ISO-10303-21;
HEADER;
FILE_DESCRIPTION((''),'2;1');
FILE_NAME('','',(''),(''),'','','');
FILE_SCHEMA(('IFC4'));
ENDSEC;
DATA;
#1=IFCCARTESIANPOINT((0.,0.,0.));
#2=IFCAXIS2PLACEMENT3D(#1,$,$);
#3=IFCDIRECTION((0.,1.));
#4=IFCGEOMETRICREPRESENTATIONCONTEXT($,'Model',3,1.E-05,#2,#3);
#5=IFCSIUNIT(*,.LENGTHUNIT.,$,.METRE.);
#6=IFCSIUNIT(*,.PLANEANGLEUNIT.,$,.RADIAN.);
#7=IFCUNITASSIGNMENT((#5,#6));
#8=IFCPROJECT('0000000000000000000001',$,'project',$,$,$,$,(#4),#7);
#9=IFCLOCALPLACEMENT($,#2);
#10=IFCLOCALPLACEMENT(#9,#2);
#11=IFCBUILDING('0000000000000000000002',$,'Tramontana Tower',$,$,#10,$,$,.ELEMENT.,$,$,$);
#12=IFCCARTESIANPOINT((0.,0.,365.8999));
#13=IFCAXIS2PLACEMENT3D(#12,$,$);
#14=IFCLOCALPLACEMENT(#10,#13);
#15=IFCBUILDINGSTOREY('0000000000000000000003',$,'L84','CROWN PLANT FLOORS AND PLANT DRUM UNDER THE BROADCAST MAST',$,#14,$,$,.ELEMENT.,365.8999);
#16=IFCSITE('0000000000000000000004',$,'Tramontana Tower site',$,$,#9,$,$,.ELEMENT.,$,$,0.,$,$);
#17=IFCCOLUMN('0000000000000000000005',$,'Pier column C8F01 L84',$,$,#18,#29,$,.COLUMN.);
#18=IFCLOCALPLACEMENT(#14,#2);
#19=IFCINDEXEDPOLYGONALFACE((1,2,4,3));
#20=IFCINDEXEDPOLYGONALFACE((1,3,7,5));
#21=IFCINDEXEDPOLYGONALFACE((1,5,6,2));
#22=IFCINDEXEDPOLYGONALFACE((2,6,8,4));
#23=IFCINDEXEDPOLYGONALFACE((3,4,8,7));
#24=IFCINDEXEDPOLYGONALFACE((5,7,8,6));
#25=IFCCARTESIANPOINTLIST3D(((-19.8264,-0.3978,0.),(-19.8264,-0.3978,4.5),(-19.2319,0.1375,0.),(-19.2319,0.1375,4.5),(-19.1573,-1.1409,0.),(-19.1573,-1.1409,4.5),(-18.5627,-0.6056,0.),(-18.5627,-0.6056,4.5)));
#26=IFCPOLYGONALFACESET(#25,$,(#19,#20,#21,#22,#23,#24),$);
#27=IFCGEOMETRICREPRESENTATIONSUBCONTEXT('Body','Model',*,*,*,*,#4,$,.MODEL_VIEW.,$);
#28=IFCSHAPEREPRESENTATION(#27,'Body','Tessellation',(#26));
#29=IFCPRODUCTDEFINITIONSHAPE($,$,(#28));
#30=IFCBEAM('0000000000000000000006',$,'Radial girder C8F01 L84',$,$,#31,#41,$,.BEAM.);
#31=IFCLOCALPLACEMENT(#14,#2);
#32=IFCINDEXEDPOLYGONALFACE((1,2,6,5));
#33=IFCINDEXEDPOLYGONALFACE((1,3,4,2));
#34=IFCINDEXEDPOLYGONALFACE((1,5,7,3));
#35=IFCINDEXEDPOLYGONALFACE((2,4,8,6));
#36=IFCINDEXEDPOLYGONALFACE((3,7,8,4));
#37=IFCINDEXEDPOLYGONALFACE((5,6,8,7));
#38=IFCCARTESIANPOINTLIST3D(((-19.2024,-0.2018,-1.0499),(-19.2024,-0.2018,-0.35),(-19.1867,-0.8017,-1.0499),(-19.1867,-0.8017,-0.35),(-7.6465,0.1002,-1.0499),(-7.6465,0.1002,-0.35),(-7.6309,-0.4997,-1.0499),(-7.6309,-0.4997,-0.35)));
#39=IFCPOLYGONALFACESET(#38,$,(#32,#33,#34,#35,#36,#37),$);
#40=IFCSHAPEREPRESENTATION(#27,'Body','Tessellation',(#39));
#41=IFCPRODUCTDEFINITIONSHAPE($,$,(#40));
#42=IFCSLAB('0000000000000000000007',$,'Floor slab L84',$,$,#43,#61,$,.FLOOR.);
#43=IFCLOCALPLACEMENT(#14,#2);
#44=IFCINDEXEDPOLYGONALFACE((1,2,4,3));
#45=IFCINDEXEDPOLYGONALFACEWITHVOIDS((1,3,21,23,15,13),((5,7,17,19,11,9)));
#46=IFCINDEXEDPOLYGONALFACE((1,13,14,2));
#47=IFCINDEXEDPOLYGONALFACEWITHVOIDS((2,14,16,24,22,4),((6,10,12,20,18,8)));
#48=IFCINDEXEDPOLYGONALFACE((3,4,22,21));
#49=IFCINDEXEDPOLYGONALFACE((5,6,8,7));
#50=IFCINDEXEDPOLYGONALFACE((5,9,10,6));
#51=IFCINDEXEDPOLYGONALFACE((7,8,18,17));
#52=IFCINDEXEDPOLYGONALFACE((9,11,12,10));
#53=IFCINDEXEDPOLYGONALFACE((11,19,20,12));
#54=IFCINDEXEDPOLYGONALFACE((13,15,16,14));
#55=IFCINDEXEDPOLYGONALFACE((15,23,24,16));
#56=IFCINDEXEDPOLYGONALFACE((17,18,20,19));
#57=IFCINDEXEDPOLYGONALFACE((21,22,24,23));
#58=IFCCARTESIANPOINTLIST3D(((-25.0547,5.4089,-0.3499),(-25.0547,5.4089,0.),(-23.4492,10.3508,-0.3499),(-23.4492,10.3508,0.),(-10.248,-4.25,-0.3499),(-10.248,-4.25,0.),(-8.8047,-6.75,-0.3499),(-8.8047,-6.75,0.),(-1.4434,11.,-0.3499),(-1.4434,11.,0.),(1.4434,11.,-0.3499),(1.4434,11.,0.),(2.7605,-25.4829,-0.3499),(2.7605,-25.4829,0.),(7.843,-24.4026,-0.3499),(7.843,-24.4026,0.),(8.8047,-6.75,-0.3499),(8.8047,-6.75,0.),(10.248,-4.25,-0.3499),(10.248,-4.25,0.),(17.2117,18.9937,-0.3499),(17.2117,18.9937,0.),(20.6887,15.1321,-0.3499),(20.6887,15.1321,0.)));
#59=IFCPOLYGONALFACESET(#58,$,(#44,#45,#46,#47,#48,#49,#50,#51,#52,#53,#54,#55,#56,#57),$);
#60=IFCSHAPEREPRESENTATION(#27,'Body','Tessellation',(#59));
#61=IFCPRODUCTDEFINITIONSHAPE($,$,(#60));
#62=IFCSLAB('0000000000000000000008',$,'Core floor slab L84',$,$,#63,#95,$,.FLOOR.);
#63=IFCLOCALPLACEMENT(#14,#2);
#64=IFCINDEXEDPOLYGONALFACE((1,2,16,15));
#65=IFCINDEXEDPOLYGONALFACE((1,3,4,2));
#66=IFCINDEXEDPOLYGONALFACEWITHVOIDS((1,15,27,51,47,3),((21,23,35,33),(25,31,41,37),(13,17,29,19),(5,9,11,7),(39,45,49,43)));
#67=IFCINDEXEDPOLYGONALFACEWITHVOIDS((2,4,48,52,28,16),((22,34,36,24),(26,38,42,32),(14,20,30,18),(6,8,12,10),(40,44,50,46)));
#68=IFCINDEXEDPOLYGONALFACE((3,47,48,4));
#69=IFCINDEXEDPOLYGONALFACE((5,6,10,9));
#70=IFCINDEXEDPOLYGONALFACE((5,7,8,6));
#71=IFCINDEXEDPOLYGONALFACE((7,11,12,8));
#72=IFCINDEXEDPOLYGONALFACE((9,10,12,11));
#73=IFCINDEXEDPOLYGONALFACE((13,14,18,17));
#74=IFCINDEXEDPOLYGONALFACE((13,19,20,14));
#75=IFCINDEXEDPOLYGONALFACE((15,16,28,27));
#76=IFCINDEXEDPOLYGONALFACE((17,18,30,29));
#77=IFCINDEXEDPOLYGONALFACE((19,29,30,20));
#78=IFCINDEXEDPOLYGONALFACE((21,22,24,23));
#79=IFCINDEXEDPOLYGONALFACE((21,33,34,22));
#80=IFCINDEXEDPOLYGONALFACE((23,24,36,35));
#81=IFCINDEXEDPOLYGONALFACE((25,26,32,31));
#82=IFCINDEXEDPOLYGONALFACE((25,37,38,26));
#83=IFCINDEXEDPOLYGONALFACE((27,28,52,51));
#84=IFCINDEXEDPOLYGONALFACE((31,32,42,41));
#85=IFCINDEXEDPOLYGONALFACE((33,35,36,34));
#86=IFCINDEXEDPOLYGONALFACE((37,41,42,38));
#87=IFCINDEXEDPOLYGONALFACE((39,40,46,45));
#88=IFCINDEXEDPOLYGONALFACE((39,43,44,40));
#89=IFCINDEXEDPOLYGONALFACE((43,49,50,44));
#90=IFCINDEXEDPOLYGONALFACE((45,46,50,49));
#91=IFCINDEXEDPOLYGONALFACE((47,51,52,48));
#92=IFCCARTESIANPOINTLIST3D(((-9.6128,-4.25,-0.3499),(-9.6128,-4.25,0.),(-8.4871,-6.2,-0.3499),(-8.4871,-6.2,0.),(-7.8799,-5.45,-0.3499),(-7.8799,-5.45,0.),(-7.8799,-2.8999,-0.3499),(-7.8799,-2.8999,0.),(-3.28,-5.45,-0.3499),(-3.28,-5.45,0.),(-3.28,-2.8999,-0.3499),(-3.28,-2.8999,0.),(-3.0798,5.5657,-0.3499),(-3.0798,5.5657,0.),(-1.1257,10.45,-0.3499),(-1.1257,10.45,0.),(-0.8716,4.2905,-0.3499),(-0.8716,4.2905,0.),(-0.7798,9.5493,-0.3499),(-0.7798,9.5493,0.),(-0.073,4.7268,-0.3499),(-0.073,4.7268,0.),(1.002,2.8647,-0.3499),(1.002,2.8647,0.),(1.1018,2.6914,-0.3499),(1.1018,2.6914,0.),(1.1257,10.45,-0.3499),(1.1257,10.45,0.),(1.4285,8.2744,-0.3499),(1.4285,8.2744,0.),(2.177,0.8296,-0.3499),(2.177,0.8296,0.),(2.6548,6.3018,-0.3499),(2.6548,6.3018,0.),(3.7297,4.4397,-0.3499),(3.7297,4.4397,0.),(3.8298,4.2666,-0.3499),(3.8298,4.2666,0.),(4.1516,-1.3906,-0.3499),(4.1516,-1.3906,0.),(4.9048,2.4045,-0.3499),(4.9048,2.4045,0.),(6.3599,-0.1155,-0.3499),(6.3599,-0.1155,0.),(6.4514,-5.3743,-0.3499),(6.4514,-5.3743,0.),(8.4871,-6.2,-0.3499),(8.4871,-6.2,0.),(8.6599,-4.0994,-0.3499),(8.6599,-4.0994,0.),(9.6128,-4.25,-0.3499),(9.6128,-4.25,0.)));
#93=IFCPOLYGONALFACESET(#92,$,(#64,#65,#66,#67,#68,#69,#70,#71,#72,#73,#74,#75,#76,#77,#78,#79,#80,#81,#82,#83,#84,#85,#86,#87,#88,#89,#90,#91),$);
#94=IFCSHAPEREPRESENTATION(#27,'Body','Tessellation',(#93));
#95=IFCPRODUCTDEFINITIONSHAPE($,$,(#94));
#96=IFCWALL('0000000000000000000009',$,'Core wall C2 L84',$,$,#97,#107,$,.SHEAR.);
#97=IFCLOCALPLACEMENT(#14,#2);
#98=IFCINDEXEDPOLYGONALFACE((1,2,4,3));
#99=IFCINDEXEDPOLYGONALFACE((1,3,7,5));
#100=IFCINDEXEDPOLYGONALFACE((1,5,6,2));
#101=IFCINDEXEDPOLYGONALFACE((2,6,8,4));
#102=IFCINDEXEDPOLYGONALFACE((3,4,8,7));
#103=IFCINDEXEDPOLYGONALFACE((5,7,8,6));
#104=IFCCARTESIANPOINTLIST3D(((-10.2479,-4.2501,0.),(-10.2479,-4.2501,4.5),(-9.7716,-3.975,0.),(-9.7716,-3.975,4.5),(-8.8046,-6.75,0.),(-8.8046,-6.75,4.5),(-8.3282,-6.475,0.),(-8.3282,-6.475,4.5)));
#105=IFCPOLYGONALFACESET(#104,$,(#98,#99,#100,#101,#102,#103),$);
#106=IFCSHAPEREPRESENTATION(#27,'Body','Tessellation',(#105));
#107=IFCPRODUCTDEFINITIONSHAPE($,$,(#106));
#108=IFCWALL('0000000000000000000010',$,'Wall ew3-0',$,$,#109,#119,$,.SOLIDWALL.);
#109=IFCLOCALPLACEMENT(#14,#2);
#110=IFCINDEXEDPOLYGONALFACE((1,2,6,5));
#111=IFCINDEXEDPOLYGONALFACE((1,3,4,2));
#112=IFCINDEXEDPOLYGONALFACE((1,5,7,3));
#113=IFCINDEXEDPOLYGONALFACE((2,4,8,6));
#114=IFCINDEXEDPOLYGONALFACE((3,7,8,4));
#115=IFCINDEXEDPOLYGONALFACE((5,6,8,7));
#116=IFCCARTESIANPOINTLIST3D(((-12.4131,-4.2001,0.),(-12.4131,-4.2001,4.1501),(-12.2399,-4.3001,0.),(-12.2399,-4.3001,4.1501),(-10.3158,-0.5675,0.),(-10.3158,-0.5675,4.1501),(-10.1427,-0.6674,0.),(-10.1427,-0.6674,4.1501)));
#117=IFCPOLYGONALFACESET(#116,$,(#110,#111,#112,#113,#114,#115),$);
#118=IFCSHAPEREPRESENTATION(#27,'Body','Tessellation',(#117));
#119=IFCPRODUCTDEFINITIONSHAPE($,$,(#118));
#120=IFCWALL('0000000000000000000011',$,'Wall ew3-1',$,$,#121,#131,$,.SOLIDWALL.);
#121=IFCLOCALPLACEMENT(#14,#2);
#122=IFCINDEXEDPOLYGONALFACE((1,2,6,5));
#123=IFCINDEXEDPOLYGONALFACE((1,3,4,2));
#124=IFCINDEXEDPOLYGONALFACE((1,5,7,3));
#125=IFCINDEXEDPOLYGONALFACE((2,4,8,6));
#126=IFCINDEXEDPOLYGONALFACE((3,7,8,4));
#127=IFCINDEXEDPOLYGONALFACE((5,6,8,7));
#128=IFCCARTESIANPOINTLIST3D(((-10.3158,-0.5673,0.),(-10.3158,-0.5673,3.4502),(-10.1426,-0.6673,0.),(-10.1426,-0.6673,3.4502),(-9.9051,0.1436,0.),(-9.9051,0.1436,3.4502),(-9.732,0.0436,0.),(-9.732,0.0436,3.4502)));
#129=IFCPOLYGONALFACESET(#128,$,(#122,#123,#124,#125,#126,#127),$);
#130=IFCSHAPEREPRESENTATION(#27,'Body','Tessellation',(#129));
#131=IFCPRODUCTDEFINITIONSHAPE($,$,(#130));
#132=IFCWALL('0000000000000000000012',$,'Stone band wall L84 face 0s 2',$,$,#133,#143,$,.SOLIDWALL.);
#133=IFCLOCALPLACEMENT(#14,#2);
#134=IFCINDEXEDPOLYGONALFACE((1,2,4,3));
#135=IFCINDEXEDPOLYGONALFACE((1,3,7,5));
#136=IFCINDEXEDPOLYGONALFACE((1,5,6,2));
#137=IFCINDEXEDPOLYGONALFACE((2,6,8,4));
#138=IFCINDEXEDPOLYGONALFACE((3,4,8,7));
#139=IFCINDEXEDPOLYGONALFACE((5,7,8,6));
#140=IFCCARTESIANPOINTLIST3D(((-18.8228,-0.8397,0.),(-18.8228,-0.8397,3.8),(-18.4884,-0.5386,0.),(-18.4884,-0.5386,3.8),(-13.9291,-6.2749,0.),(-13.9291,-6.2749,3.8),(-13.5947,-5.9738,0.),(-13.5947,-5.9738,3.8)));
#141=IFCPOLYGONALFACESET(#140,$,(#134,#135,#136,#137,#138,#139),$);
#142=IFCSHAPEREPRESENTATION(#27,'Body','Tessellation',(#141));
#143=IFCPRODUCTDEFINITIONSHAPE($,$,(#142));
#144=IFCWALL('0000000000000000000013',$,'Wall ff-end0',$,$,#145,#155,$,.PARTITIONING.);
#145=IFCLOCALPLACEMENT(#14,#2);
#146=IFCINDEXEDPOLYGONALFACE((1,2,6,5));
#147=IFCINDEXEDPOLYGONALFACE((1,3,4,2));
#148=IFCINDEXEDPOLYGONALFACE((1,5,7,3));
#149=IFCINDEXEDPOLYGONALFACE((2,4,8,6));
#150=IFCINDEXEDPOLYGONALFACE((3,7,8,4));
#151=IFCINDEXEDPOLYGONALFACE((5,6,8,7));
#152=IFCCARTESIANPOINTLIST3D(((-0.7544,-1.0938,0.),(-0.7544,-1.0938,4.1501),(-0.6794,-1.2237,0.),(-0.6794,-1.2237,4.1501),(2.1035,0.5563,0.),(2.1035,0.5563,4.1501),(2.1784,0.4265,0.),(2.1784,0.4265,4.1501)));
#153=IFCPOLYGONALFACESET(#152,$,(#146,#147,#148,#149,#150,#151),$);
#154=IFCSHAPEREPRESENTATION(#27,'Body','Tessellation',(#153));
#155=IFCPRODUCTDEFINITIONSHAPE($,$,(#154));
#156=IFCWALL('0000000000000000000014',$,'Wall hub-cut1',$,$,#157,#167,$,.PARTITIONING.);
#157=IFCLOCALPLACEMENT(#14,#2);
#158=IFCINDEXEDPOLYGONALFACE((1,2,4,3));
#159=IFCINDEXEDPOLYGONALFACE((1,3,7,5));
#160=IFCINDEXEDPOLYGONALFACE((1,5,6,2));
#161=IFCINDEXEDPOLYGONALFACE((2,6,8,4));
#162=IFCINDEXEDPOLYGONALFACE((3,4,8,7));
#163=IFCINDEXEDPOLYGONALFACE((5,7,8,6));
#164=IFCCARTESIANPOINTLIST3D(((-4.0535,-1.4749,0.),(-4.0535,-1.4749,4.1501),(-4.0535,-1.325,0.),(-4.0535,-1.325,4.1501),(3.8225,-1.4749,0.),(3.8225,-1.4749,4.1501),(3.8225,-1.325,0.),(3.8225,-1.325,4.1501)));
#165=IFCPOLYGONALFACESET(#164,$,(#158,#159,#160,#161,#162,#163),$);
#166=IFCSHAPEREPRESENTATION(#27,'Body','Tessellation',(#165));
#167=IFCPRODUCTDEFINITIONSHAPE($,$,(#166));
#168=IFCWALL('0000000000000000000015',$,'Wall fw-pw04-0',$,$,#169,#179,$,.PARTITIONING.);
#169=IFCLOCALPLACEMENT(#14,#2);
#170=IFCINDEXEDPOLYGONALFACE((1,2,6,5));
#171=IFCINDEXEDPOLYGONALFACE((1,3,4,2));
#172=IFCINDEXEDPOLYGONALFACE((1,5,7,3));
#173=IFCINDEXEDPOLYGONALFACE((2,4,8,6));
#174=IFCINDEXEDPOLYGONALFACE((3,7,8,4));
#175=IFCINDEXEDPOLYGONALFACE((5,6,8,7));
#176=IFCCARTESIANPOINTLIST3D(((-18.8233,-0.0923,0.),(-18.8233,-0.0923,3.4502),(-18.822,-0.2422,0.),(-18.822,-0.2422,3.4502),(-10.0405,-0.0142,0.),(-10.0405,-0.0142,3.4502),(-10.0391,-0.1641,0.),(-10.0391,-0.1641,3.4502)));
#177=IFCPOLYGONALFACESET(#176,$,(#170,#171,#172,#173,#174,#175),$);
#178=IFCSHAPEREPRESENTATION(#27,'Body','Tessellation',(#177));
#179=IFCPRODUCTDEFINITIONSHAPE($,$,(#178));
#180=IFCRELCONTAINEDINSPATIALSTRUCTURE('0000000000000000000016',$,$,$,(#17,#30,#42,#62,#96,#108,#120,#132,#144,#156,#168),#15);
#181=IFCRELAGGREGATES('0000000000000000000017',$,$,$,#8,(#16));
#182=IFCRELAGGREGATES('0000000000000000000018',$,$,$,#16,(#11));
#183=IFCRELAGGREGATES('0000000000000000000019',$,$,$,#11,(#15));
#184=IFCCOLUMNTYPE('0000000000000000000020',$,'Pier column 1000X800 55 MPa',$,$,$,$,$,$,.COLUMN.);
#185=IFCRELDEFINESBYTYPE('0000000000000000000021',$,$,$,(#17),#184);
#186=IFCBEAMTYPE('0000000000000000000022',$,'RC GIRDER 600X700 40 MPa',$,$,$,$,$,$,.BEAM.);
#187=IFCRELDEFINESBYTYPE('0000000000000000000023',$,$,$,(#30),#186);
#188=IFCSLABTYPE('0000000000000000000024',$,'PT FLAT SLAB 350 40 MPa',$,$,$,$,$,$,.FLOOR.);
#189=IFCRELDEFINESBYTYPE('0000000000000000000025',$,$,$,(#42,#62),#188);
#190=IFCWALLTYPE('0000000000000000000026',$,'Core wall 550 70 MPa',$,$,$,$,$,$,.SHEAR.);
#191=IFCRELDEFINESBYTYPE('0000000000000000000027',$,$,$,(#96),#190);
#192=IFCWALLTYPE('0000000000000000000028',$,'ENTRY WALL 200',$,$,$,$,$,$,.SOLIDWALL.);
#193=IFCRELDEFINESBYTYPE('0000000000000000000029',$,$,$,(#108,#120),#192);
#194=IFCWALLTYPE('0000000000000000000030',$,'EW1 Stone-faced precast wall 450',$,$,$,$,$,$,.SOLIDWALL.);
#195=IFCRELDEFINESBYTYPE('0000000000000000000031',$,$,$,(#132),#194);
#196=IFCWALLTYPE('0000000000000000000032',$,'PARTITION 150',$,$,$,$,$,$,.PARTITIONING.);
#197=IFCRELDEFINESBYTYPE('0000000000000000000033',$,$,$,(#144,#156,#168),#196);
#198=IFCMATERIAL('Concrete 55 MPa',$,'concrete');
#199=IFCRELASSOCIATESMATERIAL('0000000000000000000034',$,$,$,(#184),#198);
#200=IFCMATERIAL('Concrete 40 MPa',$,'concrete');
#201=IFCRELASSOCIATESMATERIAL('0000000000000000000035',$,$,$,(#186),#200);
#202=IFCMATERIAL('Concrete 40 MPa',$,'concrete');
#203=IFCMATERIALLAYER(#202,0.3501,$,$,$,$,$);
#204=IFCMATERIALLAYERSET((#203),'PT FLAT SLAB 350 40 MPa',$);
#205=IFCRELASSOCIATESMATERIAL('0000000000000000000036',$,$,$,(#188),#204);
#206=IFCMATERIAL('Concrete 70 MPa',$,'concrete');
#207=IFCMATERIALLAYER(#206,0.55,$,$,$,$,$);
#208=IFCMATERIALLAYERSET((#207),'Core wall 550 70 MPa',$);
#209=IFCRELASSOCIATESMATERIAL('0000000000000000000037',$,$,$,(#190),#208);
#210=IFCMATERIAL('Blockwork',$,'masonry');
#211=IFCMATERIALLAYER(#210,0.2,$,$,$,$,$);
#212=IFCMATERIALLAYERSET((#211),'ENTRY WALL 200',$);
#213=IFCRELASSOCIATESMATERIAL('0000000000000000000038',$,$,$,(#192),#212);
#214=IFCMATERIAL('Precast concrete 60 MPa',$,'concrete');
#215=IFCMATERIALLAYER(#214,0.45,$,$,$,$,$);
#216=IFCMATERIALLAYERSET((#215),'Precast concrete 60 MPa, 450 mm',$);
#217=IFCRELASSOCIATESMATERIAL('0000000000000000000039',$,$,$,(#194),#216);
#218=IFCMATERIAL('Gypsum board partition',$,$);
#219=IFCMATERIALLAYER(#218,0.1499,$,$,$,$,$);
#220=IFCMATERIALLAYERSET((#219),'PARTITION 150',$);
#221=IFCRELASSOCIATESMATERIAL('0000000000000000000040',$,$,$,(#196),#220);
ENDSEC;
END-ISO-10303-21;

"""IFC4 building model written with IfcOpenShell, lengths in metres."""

from ifc_helpers import new_model, si_unit, direction, frame, frame_2d, origin, origin_2d, place, context, subcontext, project, spatial, polyline, rectangle, outline, extrude, material, layer, layer_set, material_profile, profile_set, type_object, element, save


model = new_model("IFC4")

# Units and contexts
model_context = context("Model", 3, precision=1e-05, world=origin(), true_north=direction((0.0, 1.0)))
body_context = subcontext(model_context, "Body", "Model", "MODEL_VIEW")
ifc_project = project(units=[si_unit("LENGTHUNIT", "METRE"), si_unit("PLANEANGLEUNIT", "RADIAN")], contexts=[model_context])

# Site, building, storey
site_placement = place(None, origin())
site = spatial("IfcSite", under=ifc_project, at=site_placement, Name="Tramontana Tower site", CompositionType="ELEMENT", RefElevation=0.0)
building_placement = place(site_placement, origin())
building = spatial("IfcBuilding", under=site, at=building_placement, Name="Tramontana Tower", CompositionType="ELEMENT")
storey_placement = place(building_placement, frame((0.0, 0.0, 365.8999)))
storey = spatial("IfcBuildingStorey", under=building, at=storey_placement, Name="L84", Description="CROWN PLANT FLOORS AND PLANT DRUM UNDER THE BROADCAST MAST", CompositionType="ELEMENT", Elevation=365.8999)

# Column
ifc_material_1 = material(Name="Concrete 55 MPa", Category="concrete")
ifc_material_profile_1 = material_profile(ifc_material_1, rectangle(XDim=1.0, YDim=0.8, at=origin_2d()), Name="Pier column 1000X800 55 MPa")
ifc_profile_set_1 = profile_set([ifc_material_profile_1], Name="Concrete 55 MPa")
column_type = type_object("IfcColumnType", Name="Pier column 1000X800 55 MPa", PredefinedType="COLUMN", material=ifc_profile_set_1)
column_placement = place(storey_placement, frame((-19.1946, -0.5017, 0.0), z_axis=(0.0, 0.0, 1.0), x_axis=(0.669131, -0.743145, 0.0)))
element("IfcColumn", 1, at=column_placement, inside=storey, type_object=column_type, Name="Pier column C8F01 L84", PredefinedType="COLUMN", context=body_context, shape_type="SweptSolid", body=[
    extrude(rectangle(XDim=1.0, YDim=0.8, at=origin_2d()), origin(), (0.0, 0.0, 1.0), 4.5),
])

# Beam
ifc_material_2 = material(Name="Concrete 40 MPa", Category="concrete")
ifc_material_profile_2 = material_profile(ifc_material_2, rectangle(XDim=0.6001, YDim=0.7, at=origin_2d()), Name="RC GIRDER 600X700 40 MPa")
ifc_profile_set_2 = profile_set([ifc_material_profile_2], Name="Concrete 40 MPa")
beam_type = type_object("IfcBeamType", Name="RC GIRDER 600X700 40 MPa", PredefinedType="BEAM", material=ifc_profile_set_2)
beam_placement = place(storey_placement, frame((-19.1946, -0.5017, -0.7), z_axis=(0.999659, 0.026125, 0.0), x_axis=(-0.026125, 0.999659, 0.0)))
element("IfcBeam", 2, at=beam_placement, inside=storey, type_object=beam_type, Name="Radial girder C8F01 L84", PredefinedType="BEAM", context=body_context, shape_type="SweptSolid", body=[
    extrude(rectangle(XDim=0.6001, YDim=0.7, at=origin_2d()), origin(), (0.0, 0.0, 1.0), 11.5598),
])

# Slabs
ifc_material_3 = material(Name="Concrete 40 MPa", Category="concrete")
ifc_layer_1 = layer(ifc_material_3, 0.3501)
ifc_layer_set_1 = layer_set([ifc_layer_1], Name="PT FLAT SLAB 350 40 MPa")
slab_type = type_object("IfcSlabType", Name="PT FLAT SLAB 350 40 MPa", PredefinedType="FLOOR", material=ifc_layer_set_1)
slab_1_placement = place(storey_placement, frame((0.0, 0.0, -0.3499)))
element("IfcSlab", 3, at=slab_1_placement, inside=storey, type_object=slab_type, Name="Floor slab L84", PredefinedType="FLOOR", context=body_context, shape_type="SweptSolid", body=[
    extrude(outline(polyline([(20.6887, 15.1321), (7.843, -24.4026), (2.7605, -25.4829), (-25.0547, 5.4089), (-23.4492, 10.3508), (17.2117, 18.9937), (20.6887, 15.1321)]), holes=[polyline([(-10.248, -4.25), (-8.8047, -6.75), (8.8047, -6.75), (10.248, -4.25), (1.4434, 11.0), (-1.4434, 11.0), (-10.248, -4.25)])]), origin(), (0.0, 0.0, 1.0), 0.3499),
])
slab_2_placement = place(storey_placement, frame((0.0, 0.0, -0.3499)))
element("IfcSlab", 4, at=slab_2_placement, inside=storey, type_object=slab_type, Name="Core floor slab L84", PredefinedType="FLOOR", context=body_context, shape_type="SweptSolid", body=[
    extrude(outline(polyline([(9.6128, -4.25), (8.4871, -6.2), (-8.4871, -6.2), (-9.6128, -4.25), (-1.1257, 10.45), (1.1257, 10.45), (9.6128, -4.25)]), holes=[polyline([(6.3599, -0.1155), (4.1516, -1.3906), (6.4514, -5.3743), (8.6599, -4.0994), (6.3599, -0.1155)]), polyline([(1.1018, 2.6914), (2.177, 0.8296), (4.9048, 2.4045), (3.8298, 4.2666), (1.1018, 2.6914)]), polyline([(2.6548, 6.3018), (-0.073, 4.7268), (1.002, 2.8647), (3.7297, 4.4397), (2.6548, 6.3018)]), polyline([(-0.7798, 9.5493), (-3.0798, 5.5657), (-0.8716, 4.2905), (1.4285, 8.2744), (-0.7798, 9.5493)]), polyline([(-3.28, -5.45), (-3.28, -2.8999), (-7.8799, -2.8999), (-7.8799, -5.45), (-3.28, -5.45)])]), origin(), (0.0, 0.0, 1.0), 0.3499),
])

# Walls
ifc_material_4 = material(Name="Concrete 70 MPa", Category="concrete")
ifc_layer_2 = layer(ifc_material_4, 0.55)
ifc_layer_set_2 = layer_set([ifc_layer_2], Name="Core wall 550 70 MPa")
wall_type_1 = type_object("IfcWallType", Name="Core wall 550 70 MPa", PredefinedType="SHEAR", material=ifc_layer_set_2)
wall_1_placement = place(storey_placement, frame((-10.0098, -4.1125, 0.0), z_axis=(0.0, 0.0, 1.0), x_axis=(0.499996, -0.866028, 0.0)))
element("IfcWall", 5, at=wall_1_placement, inside=storey, type_object=wall_type_1, Name="Core wall C2 L84", PredefinedType="SHEAR", context=body_context, shape_type="SweptSolid", body=[
    extrude(rectangle(XDim=2.8867, YDim=0.55, at=frame_2d((1.4434, 0.0))), origin(), (0.0, 0.0, 1.0), 4.5),
])
ifc_material_5 = material(Name="Blockwork", Category="masonry")
ifc_layer_3 = layer(ifc_material_5, 0.2)
ifc_layer_set_3 = layer_set([ifc_layer_3], Name="ENTRY WALL 200")
wall_type_2 = type_object("IfcWallType", Name="ENTRY WALL 200", PredefinedType="SOLIDWALL", material=ifc_layer_set_3)
wall_2_placement = place(storey_placement, frame((-12.3264, -4.25, 0.0), z_axis=(0.0, 0.0, 1.0), x_axis=(0.499983, 0.866035, 0.0)))
element("IfcWall", 6, at=wall_2_placement, inside=storey, type_object=wall_type_2, Name="Wall ew3-0", PredefinedType="SOLIDWALL", context=body_context, shape_type="SweptSolid", body=[
    extrude(rectangle(XDim=4.1946, YDim=0.2, at=frame_2d((2.0972, 0.0))), origin(), (0.0, 0.0, 1.0), 4.1501),
])
wall_3_placement = place(storey_placement, frame((-10.2292, -0.6174, 0.0), z_axis=(0.0, 0.0, 1.0), x_axis=(0.500169, 0.865928, 0.0)))
element("IfcWall", 7, at=wall_3_placement, inside=storey, type_object=wall_type_2, Name="Wall ew3-1", PredefinedType="SOLIDWALL", context=body_context, shape_type="SweptSolid", body=[
    extrude(rectangle(XDim=0.821, YDim=0.2, at=frame_2d((0.4106, 0.0))), origin(), (0.0, 0.0, 1.0), 3.4502),
])
ifc_material_6 = material(Name="Precast concrete 60 MPa", Category="concrete")
ifc_layer_4 = layer(ifc_material_6, 0.45)
ifc_layer_set_4 = layer_set([ifc_layer_4], Name="Precast concrete 60 MPa, 450 mm")
wall_type_3 = type_object("IfcWallType", Name="EW1 Stone-faced precast wall 450", PredefinedType="SOLIDWALL", material=ifc_layer_set_4)
wall_4_placement = place(storey_placement, frame((-18.6555, -0.6892, 0.0), z_axis=(0.0, 0.0, 1.0), x_axis=(0.669118, -0.743156, 0.0)))
element("IfcWall", 8, at=wall_4_placement, inside=storey, type_object=wall_type_3, Name="Stone band wall L84 face 0s 2", PredefinedType="SOLIDWALL", context=body_context, shape_type="SweptSolid", body=[
    extrude(rectangle(XDim=7.3137, YDim=0.45, at=frame_2d((3.6567, 0.0))), origin(), (0.0, 0.0, 1.0), 3.8),
])

# Shared definitions
ifc_material_7 = material(Name="Gypsum board partition")
ifc_layer_5 = layer(ifc_material_7, 0.1499)
ifc_layer_set_5 = layer_set([ifc_layer_5], Name="PARTITION 150")
wall_type_4 = type_object("IfcWallType", Name="PARTITION 150", PredefinedType="PARTITIONING", material=ifc_layer_set_5)

# Walls
wall_5_placement = place(storey_placement, frame((-0.7168, -1.1587, 0.0), z_axis=(0.0, 0.0, 1.0), x_axis=(0.866008, 0.50003, 0.0)))
element("IfcWall", 9, at=wall_5_placement, inside=storey, type_object=wall_type_4, Name="Wall ff-end0", PredefinedType="PARTITIONING", context=body_context, shape_type="SweptSolid", body=[
    extrude(rectangle(XDim=3.3, YDim=0.1499, at=frame_2d((1.6499, 0.0))), origin(), (0.0, 0.0, 1.0), 4.1501),
])
wall_6_placement = place(storey_placement, frame((-4.0535, -1.3999, 0.0), z_axis=(0.0, 0.0, 1.0), x_axis=(1.0, 0.0, 0.0)))
element("IfcWall", 10, at=wall_6_placement, inside=storey, type_object=wall_type_4, Name="Wall hub-cut1", PredefinedType="PARTITIONING", context=body_context, shape_type="SweptSolid", body=[
    extrude(rectangle(XDim=7.876, YDim=0.1499, at=frame_2d((3.938, 0.0))), origin(), (0.0, 0.0, 1.0), 4.1501),
])
wall_7_placement = place(storey_placement, frame((-10.0398, -0.0891, 0.0), z_axis=(0.0, 0.0, 1.0), x_axis=(-0.99996, -0.008895, 0.0)))
element("IfcWall", 11, at=wall_7_placement, inside=storey, type_object=wall_type_4, Name="Wall fw-pw04-0", PredefinedType="PARTITIONING", context=body_context, shape_type="SweptSolid", body=[
    extrude(rectangle(XDim=8.7832, YDim=0.1499, at=frame_2d((4.3916, 0.0))), origin(), (0.0, 0.0, 1.0), 3.4502),
])

save(model, "model.ifc")
